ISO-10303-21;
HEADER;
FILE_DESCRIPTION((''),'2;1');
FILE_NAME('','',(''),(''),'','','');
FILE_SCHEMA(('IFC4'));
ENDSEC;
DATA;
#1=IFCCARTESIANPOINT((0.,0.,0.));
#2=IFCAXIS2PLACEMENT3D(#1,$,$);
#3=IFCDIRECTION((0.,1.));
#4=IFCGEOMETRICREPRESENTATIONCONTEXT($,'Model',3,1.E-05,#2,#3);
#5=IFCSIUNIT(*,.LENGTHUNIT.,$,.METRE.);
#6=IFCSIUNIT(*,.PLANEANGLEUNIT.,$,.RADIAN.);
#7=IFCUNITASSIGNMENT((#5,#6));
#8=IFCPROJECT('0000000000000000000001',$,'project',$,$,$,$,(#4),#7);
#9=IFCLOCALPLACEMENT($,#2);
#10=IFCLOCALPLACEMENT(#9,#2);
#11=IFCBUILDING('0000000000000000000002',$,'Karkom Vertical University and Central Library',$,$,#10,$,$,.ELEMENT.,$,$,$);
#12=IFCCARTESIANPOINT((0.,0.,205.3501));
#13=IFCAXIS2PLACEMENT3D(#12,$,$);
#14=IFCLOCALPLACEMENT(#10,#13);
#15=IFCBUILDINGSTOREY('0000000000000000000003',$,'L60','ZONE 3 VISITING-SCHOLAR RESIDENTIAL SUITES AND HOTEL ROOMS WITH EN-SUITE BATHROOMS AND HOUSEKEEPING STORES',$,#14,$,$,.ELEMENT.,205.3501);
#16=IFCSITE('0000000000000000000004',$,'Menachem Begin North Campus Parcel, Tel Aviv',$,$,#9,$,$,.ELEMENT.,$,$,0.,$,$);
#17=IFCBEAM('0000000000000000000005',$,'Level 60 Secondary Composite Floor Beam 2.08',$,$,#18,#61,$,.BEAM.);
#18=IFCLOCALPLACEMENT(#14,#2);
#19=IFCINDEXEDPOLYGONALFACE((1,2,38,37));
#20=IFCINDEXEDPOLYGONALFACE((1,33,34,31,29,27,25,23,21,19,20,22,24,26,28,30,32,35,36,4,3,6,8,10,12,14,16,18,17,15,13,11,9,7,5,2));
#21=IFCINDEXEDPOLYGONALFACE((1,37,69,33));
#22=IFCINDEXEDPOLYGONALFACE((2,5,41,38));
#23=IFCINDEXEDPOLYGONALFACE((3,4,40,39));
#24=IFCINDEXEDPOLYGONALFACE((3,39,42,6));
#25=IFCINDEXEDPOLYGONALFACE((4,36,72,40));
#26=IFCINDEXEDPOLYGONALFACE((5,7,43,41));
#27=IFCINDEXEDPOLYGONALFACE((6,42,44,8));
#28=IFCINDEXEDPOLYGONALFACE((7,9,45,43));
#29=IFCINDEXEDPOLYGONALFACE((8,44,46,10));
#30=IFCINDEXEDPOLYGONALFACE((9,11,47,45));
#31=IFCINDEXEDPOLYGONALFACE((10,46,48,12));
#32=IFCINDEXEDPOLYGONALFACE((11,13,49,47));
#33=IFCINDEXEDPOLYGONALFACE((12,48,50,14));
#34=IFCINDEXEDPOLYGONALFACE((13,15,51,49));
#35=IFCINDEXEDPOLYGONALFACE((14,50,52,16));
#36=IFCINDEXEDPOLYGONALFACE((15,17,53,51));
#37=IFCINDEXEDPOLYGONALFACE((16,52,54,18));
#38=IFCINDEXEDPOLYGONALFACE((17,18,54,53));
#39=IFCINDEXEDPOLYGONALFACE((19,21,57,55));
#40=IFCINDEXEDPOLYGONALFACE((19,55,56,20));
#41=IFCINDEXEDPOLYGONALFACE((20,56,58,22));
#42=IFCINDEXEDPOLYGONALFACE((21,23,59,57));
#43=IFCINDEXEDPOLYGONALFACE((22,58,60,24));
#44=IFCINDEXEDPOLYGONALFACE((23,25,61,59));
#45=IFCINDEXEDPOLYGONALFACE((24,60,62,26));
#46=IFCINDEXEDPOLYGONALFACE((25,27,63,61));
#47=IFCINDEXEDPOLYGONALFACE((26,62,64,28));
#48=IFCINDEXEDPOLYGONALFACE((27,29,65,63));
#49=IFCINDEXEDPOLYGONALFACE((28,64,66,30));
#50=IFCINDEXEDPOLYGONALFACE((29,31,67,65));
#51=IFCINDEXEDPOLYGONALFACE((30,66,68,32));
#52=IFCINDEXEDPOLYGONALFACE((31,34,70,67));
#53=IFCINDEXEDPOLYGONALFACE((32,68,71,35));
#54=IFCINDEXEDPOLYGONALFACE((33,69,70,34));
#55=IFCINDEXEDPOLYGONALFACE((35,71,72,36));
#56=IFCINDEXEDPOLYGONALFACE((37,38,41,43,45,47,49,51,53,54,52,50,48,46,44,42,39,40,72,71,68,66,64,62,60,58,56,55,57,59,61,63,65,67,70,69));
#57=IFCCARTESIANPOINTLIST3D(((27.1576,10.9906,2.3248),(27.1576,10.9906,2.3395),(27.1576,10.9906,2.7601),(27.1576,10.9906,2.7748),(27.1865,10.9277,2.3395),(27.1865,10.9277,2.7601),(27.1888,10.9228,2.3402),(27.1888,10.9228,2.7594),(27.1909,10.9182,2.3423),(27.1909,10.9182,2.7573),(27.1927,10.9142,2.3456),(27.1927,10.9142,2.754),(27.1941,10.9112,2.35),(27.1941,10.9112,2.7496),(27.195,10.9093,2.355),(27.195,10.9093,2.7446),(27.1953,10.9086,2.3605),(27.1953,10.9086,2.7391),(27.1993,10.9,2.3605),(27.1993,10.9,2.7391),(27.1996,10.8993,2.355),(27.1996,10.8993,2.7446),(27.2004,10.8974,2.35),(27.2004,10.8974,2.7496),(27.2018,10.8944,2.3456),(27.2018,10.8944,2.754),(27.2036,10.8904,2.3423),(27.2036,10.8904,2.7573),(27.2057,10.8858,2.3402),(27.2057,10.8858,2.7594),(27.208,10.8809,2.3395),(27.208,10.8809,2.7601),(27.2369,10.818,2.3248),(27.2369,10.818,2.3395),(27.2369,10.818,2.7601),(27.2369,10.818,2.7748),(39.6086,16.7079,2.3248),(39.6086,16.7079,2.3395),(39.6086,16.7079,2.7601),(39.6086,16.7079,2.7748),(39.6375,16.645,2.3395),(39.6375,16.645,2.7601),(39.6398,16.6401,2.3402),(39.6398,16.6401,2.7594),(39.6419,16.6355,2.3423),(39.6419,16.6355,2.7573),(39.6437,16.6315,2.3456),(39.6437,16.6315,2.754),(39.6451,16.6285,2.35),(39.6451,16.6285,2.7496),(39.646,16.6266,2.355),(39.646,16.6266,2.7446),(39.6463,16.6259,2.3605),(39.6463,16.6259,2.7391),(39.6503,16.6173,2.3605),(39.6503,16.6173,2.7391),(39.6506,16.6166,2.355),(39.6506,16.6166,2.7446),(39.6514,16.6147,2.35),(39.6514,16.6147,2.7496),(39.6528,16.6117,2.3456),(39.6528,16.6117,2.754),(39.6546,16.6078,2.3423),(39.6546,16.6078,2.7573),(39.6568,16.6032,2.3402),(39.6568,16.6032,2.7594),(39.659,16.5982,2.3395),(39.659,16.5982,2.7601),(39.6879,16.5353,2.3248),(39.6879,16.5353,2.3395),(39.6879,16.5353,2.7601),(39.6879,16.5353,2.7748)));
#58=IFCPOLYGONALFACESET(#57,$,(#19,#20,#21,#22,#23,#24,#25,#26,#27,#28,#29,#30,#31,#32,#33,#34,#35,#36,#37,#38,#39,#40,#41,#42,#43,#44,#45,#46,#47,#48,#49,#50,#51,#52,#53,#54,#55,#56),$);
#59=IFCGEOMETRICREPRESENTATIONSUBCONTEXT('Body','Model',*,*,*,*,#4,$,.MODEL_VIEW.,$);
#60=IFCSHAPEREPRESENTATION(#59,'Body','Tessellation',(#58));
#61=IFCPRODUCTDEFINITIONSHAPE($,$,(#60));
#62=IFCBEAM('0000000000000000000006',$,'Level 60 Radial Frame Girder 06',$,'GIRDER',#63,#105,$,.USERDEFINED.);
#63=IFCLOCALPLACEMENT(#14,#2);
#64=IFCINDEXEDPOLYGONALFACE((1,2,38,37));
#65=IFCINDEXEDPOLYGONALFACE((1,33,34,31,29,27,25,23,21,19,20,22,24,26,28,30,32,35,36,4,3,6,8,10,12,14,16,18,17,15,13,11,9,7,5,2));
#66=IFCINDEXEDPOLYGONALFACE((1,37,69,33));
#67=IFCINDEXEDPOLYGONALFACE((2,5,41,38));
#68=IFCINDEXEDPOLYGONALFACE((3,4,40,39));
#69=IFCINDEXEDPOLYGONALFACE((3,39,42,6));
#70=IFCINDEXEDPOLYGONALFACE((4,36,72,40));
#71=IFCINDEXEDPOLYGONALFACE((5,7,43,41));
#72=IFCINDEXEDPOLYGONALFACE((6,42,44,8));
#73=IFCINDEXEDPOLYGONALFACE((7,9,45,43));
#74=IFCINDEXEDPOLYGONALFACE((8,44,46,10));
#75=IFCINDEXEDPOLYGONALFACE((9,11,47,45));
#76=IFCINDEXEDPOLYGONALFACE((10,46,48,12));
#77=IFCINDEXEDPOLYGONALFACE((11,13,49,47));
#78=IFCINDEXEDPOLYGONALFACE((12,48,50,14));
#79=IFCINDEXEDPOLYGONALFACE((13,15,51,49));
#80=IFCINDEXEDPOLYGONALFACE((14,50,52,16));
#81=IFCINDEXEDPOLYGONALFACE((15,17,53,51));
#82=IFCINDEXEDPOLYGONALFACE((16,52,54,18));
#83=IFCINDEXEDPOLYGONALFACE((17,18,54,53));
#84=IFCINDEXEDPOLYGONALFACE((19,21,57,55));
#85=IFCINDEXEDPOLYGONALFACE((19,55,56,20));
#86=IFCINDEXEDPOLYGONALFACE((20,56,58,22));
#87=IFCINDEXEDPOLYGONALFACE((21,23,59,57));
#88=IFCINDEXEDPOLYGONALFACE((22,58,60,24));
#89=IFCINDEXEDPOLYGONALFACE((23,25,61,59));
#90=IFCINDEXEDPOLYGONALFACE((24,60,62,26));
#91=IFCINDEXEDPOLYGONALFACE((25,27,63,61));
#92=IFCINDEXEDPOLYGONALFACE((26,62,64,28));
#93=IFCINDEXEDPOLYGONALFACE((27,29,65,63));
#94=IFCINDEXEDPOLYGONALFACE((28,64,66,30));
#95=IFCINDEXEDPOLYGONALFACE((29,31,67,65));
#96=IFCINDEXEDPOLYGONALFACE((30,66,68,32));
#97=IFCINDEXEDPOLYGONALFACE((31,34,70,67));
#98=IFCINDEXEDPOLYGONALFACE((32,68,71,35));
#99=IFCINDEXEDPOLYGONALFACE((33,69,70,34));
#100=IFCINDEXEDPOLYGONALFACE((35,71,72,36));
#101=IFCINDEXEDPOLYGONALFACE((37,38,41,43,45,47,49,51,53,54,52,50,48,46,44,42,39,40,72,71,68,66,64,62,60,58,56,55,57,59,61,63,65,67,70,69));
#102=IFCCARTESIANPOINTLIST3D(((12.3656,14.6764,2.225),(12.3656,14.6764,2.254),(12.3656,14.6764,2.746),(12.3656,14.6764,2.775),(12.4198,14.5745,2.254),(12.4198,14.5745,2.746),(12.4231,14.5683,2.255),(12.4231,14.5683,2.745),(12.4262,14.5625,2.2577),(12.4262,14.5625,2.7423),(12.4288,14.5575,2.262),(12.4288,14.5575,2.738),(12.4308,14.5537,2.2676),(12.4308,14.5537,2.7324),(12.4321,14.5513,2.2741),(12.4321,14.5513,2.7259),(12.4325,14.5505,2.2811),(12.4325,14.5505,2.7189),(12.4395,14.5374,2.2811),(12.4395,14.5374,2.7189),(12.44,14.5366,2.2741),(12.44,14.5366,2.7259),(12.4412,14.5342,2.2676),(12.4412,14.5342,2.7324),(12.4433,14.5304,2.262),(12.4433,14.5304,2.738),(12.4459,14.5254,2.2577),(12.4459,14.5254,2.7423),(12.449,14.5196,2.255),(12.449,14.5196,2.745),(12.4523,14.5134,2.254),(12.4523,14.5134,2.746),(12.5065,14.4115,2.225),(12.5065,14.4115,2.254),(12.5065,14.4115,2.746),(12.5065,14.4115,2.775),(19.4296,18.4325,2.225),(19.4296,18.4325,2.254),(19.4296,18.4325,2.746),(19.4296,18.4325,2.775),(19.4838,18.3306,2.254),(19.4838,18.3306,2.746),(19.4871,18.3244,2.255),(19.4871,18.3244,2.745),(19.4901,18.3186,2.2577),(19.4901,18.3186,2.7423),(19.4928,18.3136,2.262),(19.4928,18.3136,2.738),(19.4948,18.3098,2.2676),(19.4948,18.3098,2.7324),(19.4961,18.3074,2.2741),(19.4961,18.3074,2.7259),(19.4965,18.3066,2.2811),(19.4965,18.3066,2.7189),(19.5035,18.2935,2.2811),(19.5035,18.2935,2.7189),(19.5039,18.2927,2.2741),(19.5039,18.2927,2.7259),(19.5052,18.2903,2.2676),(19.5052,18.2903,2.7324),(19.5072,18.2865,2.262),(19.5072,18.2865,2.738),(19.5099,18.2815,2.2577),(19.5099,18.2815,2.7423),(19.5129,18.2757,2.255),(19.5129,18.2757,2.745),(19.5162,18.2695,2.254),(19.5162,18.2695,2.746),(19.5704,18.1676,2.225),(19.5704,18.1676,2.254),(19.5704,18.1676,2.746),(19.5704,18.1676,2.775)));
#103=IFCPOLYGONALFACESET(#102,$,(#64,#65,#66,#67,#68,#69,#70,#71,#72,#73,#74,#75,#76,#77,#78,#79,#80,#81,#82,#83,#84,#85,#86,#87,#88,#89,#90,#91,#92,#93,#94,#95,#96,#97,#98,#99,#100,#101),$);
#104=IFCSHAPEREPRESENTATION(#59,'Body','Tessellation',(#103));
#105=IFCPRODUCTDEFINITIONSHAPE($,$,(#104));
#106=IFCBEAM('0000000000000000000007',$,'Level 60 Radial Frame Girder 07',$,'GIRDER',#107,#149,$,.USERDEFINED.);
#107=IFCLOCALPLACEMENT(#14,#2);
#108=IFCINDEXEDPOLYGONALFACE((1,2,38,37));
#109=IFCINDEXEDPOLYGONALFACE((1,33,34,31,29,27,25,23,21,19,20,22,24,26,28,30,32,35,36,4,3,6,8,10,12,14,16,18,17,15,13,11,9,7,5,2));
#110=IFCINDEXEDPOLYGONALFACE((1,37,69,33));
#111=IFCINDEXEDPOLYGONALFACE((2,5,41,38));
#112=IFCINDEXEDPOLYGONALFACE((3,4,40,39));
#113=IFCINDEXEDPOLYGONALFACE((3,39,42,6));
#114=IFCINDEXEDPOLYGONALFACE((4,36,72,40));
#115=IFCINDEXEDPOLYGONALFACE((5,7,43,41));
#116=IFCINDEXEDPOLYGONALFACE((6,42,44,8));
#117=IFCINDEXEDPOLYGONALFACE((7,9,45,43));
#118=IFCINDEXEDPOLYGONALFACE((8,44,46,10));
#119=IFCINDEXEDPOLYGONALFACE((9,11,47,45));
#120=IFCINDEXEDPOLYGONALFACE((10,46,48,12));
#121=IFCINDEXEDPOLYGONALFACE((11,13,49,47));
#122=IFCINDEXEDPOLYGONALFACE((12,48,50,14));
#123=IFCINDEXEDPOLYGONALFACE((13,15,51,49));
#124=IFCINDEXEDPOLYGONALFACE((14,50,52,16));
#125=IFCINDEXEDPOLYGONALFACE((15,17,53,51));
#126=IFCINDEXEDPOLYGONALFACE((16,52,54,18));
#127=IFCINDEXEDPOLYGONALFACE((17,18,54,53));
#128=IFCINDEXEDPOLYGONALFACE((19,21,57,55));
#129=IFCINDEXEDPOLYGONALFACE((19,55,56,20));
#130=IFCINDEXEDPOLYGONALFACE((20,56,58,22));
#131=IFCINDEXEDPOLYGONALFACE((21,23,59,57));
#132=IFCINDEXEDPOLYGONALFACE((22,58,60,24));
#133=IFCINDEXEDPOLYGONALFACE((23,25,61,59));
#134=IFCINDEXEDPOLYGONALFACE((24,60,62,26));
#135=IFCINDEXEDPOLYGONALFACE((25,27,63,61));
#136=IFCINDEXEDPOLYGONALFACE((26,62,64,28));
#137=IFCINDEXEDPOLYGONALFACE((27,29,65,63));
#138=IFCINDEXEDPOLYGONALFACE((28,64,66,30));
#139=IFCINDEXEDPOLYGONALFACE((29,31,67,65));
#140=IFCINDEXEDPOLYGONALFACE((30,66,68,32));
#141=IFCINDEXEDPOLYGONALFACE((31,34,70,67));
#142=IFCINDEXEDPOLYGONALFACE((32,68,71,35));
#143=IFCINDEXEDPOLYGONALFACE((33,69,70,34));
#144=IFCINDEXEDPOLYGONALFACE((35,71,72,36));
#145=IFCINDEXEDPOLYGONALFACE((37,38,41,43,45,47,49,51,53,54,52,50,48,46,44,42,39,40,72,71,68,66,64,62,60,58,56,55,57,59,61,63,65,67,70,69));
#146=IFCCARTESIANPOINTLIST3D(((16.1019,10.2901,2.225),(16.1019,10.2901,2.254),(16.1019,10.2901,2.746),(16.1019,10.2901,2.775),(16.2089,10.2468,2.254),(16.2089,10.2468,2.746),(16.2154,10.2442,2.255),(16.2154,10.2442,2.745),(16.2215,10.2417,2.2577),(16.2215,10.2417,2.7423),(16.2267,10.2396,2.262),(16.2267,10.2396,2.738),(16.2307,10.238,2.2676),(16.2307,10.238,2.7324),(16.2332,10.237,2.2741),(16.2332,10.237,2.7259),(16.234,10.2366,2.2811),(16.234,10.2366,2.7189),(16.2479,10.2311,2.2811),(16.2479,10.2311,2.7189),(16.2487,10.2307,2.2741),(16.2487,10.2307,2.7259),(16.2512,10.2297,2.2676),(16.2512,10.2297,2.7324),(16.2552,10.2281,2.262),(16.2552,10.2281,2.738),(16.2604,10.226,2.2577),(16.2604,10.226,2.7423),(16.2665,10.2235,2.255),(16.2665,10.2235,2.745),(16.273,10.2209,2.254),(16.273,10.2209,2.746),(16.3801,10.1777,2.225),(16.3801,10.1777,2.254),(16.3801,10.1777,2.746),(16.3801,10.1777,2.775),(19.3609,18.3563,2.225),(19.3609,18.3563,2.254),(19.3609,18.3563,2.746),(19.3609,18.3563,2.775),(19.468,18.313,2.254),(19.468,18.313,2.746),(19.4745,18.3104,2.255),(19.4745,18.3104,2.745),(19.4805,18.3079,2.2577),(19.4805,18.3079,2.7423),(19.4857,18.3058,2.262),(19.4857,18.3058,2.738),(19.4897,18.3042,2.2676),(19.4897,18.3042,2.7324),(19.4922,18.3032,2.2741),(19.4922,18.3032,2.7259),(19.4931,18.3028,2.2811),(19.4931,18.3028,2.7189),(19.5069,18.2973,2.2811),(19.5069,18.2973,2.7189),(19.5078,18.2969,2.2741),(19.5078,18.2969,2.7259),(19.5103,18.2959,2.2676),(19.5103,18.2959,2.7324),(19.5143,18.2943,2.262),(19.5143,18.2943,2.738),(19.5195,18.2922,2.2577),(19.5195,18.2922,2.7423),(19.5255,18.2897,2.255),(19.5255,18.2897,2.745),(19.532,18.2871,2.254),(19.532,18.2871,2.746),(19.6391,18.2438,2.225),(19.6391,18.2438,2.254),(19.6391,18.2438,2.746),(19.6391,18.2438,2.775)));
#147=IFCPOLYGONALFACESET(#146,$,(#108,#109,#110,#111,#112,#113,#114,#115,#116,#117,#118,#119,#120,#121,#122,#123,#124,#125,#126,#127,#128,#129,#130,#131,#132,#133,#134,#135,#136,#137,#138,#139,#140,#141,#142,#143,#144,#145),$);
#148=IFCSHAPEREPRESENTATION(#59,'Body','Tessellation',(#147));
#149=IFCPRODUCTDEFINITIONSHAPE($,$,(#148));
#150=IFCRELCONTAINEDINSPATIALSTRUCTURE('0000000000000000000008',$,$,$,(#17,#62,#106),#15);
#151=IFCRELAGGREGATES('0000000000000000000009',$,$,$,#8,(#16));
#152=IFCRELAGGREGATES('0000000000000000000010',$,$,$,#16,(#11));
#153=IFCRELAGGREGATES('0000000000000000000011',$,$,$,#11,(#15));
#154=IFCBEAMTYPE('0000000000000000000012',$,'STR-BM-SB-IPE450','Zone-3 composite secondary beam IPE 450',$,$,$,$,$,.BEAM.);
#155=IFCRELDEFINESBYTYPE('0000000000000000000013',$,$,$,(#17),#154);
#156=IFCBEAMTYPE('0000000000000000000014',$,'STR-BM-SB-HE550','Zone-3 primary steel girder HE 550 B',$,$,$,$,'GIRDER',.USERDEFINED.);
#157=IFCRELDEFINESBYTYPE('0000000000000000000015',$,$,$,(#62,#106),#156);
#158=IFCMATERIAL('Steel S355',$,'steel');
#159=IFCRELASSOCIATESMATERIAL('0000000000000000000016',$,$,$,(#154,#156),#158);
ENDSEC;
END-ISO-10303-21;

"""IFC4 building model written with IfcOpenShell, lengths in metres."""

from ifc_helpers import new_model, si_unit, direction, frame, origin, origin_with_axes, origin_2d, place, context, subcontext, project, spatial, i_section, extrude, source, transform, mapped, material, material_profile, profile_set, type_object, element, save


model = new_model("IFC4")

# Units and contexts
model_context = context("Model", 3, precision=1e-05, world=origin(), true_north=direction((0.0, 1.0)))
body_context = subcontext(model_context, "Body", "Model", "MODEL_VIEW")
ifc_project = project(units=[si_unit("LENGTHUNIT", "METRE"), si_unit("PLANEANGLEUNIT", "RADIAN")], contexts=[model_context])

# Site, building, storey
site_placement = place(None, origin())
site = spatial("IfcSite", under=ifc_project, at=site_placement, Name="Menachem Begin North Campus Parcel, Tel Aviv", CompositionType="ELEMENT", RefElevation=0.0)
building_placement = place(site_placement, origin())
building = spatial("IfcBuilding", under=site, at=building_placement, Name="Karkom Vertical University and Central Library", CompositionType="ELEMENT")
storey_placement = place(building_placement, frame((0.0, 0.0, 205.3501)))
storey = spatial("IfcBuildingStorey", under=building, at=storey_placement, Name="L60", Description="ZONE 3 VISITING-SCHOLAR RESIDENTIAL SUITES AND HOTEL ROOMS WITH EN-SUITE BATHROOMS AND HOUSEKEEPING STORES", CompositionType="ELEMENT", Elevation=205.3501)

# Beams
ifc_material_1 = material(Name="Steel S355", Category="steel")
ifc_material_profile_1 = material_profile(ifc_material_1, i_section(OverallWidth=0.1899, OverallDepth=0.45, WebThickness=0.0095, FlangeThickness=0.0146, FilletRadius=0.021, at=origin_2d()), Name="IPE 450")
ifc_profile_set_1 = profile_set([ifc_material_profile_1], Name="Steel S355")
beam_type_1 = type_object("IfcBeamType", Name="STR-BM-SB-IPE450", Description="Zone-3 composite secondary beam IPE 450", PredefinedType="BEAM", material=ifc_profile_set_1)
shared_shape_1 = source(origin_with_axes(), body_context, "Body", "SweptSolid", [
    extrude(i_section(OverallWidth=0.1899, OverallDepth=0.45, WebThickness=0.0095, FlangeThickness=0.0146, FilletRadius=0.021, at=origin_2d()), origin(), (0.0, 0.0, 1.0), 13.7009),
])
beam_1_placement = place(storey_placement, frame((27.1973, 10.9043, 2.5498), z_axis=(0.908771, 0.417295, 0.0), x_axis=(-0.417295, 0.908771, 0.0)))
element("IfcBeam", 1, at=beam_1_placement, inside=storey, type_object=beam_type_1, Name="Level 60 Secondary Composite Floor Beam 2.08", PredefinedType="BEAM", context=body_context, shape_type="MappedRepresentation", body=[
    mapped(shared_shape_1, transform((0.0, 0.0, 0.0), scale=1.0)),
])
ifc_material_profile_2 = material_profile(ifc_material_1, i_section(OverallWidth=0.3, OverallDepth=0.55, WebThickness=0.0149, FlangeThickness=0.0291, FilletRadius=0.0271, at=origin_2d()), Name="HE 550 B")
ifc_profile_set_2 = profile_set([ifc_material_profile_2], Name="Steel S355")
beam_type_2 = type_object("IfcBeamType", Name="STR-BM-SB-HE550", Description="Zone-3 primary steel girder HE 550 B", ElementType="GIRDER", PredefinedType="USERDEFINED", material=ifc_profile_set_2)
shared_shape_2 = source(origin_with_axes(), body_context, "Body", "SweptSolid", [
    extrude(i_section(OverallWidth=0.3, OverallDepth=0.55, WebThickness=0.0149, FlangeThickness=0.0291, FilletRadius=0.0271, at=origin_2d()), origin(), (0.0, 0.0, 1.0), 8.0005),
])
beam_2_placement = place(storey_placement, frame((19.5, 18.3, 2.5), z_axis=(-0.882941, -0.469484, 0.0), x_axis=(0.469484, -0.882941, 0.0)))
element("IfcBeam", 2, at=beam_2_placement, inside=storey, type_object=beam_type_2, Name="Level 60 Radial Frame Girder 06", ObjectType="GIRDER", PredefinedType="USERDEFINED", context=body_context, shape_type="MappedRepresentation", body=[
    mapped(shared_shape_2, transform((0.0, 0.0, 0.0), scale=1.0)),
])
shared_shape_3 = source(origin_with_axes(), body_context, "Body", "SweptSolid", [
    extrude(i_section(OverallWidth=0.3, OverallDepth=0.55, WebThickness=0.0149, FlangeThickness=0.0291, FilletRadius=0.0271, at=origin_2d()), origin(), (0.0, 0.0, 1.0), 8.6997),
])
beam_3_placement = place(storey_placement, frame((19.5, 18.3, 2.5), z_axis=(-0.374616, -0.92718, 0.0), x_axis=(0.92718, -0.374616, 0.0)))
element("IfcBeam", 3, at=beam_3_placement, inside=storey, type_object=beam_type_2, Name="Level 60 Radial Frame Girder 07", ObjectType="GIRDER", PredefinedType="USERDEFINED", context=body_context, shape_type="MappedRepresentation", body=[
    mapped(shared_shape_3, transform((0.0, 0.0, 0.0), scale=1.0)),
])

save(model, "model.ifc")
